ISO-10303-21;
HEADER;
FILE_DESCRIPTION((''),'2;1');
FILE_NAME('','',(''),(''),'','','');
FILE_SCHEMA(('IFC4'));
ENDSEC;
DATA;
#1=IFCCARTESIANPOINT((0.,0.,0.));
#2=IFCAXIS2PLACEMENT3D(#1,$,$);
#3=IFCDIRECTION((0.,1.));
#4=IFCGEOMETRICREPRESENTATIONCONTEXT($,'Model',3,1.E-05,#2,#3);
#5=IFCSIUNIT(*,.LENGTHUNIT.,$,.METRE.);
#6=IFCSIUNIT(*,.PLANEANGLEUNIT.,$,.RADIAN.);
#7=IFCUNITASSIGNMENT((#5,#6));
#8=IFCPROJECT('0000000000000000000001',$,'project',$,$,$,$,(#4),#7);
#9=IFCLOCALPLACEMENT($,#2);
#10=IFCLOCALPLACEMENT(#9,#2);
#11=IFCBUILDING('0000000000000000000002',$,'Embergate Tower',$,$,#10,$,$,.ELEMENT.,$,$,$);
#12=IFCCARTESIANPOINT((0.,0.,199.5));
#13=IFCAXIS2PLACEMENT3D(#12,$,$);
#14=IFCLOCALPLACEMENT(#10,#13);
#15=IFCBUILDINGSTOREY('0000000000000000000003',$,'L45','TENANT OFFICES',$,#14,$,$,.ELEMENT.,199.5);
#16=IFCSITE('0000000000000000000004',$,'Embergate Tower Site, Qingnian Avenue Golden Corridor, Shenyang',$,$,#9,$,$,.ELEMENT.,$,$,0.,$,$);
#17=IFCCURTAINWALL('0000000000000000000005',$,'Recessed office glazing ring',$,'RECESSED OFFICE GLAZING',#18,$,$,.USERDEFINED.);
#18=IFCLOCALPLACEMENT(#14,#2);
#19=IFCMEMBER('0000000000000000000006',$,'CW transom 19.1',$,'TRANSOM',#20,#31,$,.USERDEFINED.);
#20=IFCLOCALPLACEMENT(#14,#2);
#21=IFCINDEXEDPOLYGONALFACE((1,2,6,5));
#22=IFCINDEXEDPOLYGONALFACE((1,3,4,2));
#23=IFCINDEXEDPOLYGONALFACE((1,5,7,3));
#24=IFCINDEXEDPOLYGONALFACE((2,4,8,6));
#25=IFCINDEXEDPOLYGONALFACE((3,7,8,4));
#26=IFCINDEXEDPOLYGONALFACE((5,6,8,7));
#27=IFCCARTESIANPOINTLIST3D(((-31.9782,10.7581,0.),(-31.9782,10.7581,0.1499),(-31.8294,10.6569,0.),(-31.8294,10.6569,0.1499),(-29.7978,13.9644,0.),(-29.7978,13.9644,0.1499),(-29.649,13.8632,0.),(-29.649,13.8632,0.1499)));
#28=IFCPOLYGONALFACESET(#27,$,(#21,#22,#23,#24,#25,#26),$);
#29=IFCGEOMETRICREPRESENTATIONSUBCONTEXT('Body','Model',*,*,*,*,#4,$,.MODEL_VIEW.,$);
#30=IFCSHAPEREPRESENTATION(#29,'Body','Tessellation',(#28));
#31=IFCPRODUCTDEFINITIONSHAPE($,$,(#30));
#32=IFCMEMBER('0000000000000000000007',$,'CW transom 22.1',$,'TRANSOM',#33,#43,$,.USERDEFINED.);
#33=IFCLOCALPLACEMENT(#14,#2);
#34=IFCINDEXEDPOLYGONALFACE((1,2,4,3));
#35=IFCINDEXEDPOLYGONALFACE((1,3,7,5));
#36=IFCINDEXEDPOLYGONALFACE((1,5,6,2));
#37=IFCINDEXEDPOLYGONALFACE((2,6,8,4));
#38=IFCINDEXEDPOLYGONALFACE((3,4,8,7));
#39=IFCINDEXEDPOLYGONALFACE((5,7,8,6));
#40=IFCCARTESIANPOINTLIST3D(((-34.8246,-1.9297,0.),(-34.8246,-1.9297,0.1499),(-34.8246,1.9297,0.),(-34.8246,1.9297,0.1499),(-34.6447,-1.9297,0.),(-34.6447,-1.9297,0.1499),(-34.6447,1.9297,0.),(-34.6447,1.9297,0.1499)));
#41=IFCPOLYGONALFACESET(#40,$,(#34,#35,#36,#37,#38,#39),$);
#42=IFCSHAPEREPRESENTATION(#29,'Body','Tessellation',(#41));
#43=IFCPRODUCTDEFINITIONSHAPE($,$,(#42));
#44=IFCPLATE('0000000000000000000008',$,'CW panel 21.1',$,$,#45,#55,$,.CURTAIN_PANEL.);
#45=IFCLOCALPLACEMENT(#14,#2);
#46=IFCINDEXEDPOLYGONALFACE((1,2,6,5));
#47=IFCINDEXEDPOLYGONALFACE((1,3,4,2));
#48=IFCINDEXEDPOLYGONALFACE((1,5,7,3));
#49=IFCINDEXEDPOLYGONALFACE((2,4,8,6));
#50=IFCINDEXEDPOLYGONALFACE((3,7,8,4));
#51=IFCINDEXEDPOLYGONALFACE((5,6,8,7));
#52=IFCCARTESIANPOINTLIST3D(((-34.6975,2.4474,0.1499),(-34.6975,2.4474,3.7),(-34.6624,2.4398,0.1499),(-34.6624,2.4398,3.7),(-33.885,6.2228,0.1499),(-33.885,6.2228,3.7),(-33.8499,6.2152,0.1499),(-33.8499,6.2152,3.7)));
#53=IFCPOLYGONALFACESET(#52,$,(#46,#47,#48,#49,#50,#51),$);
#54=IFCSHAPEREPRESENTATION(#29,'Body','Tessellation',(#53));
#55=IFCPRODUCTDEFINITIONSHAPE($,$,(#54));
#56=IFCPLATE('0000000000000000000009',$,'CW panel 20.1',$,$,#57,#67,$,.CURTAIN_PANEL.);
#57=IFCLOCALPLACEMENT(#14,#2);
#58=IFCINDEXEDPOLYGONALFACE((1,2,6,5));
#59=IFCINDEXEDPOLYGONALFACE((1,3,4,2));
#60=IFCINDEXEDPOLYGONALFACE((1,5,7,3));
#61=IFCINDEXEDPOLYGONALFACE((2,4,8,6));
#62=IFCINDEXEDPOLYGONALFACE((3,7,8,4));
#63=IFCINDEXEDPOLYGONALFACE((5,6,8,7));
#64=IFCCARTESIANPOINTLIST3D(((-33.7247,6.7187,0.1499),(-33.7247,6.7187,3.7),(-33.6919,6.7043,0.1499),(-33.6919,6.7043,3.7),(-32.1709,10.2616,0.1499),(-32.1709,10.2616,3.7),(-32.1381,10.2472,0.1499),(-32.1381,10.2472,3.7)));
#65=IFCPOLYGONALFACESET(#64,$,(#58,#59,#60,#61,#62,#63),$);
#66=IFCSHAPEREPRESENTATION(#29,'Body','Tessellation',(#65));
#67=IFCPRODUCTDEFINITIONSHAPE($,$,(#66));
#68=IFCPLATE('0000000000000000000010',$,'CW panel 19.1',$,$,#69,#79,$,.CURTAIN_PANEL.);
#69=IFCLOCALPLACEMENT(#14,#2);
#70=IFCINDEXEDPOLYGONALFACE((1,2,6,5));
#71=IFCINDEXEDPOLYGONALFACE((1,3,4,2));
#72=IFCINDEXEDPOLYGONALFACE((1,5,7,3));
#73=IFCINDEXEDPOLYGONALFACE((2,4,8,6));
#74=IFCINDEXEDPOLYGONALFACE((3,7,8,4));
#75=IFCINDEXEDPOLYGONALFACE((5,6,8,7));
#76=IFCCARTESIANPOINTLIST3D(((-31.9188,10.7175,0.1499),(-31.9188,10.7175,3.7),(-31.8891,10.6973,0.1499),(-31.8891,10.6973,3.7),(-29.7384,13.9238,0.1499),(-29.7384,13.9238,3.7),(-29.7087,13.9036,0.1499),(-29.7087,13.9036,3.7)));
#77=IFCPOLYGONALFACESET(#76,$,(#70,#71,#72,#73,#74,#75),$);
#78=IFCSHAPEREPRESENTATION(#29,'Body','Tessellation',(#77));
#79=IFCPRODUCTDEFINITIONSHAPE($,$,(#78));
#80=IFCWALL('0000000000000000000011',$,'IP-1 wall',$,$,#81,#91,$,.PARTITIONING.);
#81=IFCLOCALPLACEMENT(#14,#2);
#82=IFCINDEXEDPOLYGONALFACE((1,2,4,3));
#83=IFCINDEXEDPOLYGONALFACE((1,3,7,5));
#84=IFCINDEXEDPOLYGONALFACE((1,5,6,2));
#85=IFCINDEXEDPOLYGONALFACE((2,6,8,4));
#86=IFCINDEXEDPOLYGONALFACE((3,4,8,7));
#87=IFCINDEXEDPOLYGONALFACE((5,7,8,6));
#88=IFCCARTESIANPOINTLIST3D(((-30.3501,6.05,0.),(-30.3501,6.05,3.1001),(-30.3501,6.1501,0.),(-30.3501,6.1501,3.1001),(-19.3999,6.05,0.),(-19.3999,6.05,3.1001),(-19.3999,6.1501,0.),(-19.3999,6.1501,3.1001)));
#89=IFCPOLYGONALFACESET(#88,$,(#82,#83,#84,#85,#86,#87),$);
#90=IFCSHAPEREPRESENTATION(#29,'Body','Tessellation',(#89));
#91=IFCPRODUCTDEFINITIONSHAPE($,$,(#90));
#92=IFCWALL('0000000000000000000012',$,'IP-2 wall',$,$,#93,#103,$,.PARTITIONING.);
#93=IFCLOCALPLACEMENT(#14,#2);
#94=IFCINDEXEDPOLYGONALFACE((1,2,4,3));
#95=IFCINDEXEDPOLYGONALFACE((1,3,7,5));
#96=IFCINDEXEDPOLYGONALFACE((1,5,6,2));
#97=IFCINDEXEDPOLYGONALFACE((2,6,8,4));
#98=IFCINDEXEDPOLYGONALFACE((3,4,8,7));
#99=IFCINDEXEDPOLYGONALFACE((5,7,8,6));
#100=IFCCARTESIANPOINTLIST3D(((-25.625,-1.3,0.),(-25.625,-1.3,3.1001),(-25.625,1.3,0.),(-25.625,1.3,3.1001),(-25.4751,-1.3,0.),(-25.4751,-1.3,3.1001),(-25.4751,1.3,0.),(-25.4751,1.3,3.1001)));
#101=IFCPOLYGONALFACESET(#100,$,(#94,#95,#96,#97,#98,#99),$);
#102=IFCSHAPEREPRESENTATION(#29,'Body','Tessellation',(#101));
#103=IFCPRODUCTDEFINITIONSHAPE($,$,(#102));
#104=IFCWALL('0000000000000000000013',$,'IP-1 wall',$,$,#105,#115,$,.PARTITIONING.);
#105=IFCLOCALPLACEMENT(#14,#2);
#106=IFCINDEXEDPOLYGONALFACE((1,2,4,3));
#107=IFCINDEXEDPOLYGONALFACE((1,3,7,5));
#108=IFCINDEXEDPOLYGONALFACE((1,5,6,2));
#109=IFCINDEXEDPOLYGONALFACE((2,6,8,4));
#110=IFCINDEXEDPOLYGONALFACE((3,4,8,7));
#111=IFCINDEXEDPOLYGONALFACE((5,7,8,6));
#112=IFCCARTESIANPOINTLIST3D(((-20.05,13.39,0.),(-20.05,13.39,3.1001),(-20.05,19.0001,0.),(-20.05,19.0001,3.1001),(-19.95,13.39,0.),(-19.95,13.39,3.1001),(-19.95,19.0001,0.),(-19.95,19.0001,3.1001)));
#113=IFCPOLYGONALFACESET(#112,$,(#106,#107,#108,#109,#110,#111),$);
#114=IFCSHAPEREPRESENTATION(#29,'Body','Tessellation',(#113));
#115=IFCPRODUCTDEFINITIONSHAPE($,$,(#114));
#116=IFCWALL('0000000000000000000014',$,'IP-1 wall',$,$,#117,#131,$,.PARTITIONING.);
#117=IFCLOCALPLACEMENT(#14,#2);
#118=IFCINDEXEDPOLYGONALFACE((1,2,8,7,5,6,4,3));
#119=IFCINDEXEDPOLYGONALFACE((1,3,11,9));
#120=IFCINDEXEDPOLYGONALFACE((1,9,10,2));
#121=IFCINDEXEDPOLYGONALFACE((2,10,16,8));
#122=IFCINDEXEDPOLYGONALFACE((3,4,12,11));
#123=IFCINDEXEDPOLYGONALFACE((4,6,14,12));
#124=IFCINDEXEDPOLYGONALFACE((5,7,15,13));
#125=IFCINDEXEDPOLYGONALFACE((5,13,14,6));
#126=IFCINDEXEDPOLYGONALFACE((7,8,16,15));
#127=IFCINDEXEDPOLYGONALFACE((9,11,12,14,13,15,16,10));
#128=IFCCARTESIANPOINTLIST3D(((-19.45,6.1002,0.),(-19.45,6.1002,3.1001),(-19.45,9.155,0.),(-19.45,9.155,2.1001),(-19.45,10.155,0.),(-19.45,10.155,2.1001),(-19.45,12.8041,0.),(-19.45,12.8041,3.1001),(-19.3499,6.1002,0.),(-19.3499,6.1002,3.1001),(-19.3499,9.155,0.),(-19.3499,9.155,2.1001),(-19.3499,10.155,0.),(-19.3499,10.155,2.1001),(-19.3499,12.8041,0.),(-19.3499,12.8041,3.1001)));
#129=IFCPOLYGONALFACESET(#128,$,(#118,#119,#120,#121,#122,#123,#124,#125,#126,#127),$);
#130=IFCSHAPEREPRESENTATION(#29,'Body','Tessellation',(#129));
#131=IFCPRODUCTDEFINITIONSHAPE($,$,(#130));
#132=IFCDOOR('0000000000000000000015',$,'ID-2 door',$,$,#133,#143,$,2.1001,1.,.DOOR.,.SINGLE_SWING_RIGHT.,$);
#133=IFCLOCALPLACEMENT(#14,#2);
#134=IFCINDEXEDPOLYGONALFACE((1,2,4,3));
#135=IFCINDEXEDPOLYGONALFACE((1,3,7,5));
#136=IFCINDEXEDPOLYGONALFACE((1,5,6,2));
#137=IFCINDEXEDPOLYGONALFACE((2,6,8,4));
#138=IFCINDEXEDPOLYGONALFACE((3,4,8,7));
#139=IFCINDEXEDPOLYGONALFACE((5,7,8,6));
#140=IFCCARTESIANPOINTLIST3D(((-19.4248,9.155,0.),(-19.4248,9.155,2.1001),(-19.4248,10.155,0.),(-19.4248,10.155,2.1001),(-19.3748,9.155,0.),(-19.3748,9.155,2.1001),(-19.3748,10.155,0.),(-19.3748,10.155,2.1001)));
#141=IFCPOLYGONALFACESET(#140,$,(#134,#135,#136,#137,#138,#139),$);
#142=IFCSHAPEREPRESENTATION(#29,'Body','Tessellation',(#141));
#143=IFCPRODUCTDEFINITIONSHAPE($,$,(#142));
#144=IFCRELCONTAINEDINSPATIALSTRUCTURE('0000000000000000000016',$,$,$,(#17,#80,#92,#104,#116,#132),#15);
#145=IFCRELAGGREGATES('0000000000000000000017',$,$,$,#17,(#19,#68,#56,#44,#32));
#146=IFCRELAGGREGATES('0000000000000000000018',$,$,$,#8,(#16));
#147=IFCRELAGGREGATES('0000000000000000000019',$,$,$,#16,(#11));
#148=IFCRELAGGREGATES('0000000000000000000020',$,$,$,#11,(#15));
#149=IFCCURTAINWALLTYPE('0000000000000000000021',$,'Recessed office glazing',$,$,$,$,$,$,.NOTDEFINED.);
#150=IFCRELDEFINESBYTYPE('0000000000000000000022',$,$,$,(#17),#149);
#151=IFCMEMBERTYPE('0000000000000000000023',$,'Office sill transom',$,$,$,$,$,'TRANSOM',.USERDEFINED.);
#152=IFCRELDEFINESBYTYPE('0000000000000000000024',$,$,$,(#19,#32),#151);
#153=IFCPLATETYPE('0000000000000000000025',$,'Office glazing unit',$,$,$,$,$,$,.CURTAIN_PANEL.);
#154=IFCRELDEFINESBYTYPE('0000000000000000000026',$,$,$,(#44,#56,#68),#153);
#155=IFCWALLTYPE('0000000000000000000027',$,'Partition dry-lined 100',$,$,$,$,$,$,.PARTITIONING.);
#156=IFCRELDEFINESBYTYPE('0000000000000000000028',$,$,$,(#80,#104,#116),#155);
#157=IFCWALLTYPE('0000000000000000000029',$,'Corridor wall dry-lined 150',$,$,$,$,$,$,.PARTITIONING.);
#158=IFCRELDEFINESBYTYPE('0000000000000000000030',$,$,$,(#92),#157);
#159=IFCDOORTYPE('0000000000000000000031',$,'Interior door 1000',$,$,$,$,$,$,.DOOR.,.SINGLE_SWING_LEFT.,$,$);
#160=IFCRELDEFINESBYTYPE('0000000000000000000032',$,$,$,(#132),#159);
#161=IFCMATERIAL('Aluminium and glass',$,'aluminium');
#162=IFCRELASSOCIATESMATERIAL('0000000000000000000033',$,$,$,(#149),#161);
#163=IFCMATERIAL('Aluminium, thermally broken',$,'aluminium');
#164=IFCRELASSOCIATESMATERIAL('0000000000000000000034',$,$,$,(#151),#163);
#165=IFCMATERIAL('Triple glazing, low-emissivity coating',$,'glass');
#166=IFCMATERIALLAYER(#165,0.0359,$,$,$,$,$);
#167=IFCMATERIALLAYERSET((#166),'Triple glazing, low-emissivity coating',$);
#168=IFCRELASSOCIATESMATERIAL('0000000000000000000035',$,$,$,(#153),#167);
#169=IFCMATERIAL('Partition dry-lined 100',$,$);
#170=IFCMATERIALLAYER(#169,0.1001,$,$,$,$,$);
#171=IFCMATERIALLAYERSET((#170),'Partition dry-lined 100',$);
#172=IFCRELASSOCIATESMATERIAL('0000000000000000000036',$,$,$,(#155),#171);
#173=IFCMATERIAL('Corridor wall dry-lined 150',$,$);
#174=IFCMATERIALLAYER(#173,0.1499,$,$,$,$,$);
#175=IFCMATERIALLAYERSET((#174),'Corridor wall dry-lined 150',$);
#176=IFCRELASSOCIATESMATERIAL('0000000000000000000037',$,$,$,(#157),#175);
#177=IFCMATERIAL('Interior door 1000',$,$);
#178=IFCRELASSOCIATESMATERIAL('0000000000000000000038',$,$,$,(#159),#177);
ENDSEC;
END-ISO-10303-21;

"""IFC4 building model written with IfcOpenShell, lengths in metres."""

from ifc_helpers import new_model, si_unit, direction, frame, frame_2d, origin, origin_2d, place, context, subcontext, project, spatial, rectangle, extrude, source, transform, mapped, material, layer, layer_set, material_profile, profile_set, type_object, element, fill, aggregate, save


model = new_model("IFC4")

# Units and contexts
model_context = context("Model", 3, precision=1e-05, world=origin(), true_north=direction((0.0, 1.0)))
body_context = subcontext(model_context, "Body", "Model", "MODEL_VIEW")
ifc_project = project(units=[si_unit("LENGTHUNIT", "METRE"), si_unit("PLANEANGLEUNIT", "RADIAN")], contexts=[model_context])

# Site, building, storey
site_placement = place(None, origin())
site = spatial("IfcSite", under=ifc_project, at=site_placement, Name="Embergate Tower Site, Qingnian Avenue Golden Corridor, Shenyang", CompositionType="ELEMENT", RefElevation=0.0)
building_placement = place(site_placement, origin())
building = spatial("IfcBuilding", under=site, at=building_placement, Name="Embergate Tower", CompositionType="ELEMENT")
storey_placement = place(building_placement, frame((0.0, 0.0, 199.5)))
storey = spatial("IfcBuildingStorey", under=building, at=storey_placement, Name="L45", Description="TENANT OFFICES", CompositionType="ELEMENT", Elevation=199.5)

# Curtain wall, members, plates
ifc_material_1 = material(Name="Aluminium and glass", Category="aluminium")
curtain_wall_type = type_object("IfcCurtainWallType", Name="Recessed office glazing", PredefinedType="NOTDEFINED", material=ifc_material_1)
curtain_wall_placement = place(storey_placement, origin())
curtain_wall = element("IfcCurtainWall", 1, at=curtain_wall_placement, inside=storey, type_object=curtain_wall_type, Name="Recessed office glazing ring", ObjectType="RECESSED OFFICE GLAZING", PredefinedType="USERDEFINED")
ifc_material_2 = material(Name="Aluminium, thermally broken", Category="aluminium")
ifc_material_profile_1 = material_profile(ifc_material_2, rectangle(XDim=0.1799, YDim=0.1499, at=origin_2d()), Name="AL 150x180")
ifc_profile_set_1 = profile_set([ifc_material_profile_1], Name="Aluminium, thermally broken")
member_type_1 = type_object("IfcMemberType", Name="Office sill transom", ElementType="TRANSOM", PredefinedType="USERDEFINED", material=ifc_profile_set_1)
shared_shape_1 = source(origin(), body_context, "Body", "SweptSolid", [
    extrude(rectangle(XDim=0.1799, YDim=0.1499, at=origin_2d()), origin(), (0.0, 0.0, 1.0), 3.8774),
])
member_1_placement = place(storey_placement, frame((-29.7234, 13.9138, 0.075), z_axis=(-0.562334, -0.82691, 0.0), x_axis=(0.82691, -0.562334, 0.0)))
member_1 = element("IfcMember", 2, at=member_1_placement, type_object=member_type_1, Name="CW transom 19.1", ObjectType="TRANSOM", PredefinedType="USERDEFINED", context=body_context, shape_type="MappedRepresentation", body=[
    mapped(shared_shape_1, transform((0.0, 0.0, 0.0))),
])
shared_shape_2 = source(origin(), body_context, "Body", "SweptSolid", [
    extrude(rectangle(XDim=0.1799, YDim=0.1499, at=origin_2d()), origin(), (0.0, 0.0, 1.0), 3.8594),
])
member_2_placement = place(storey_placement, frame((-34.7346, 1.9297, 0.075), z_axis=(0.0, -1.0, 0.0), x_axis=(1.0, 0.0, 0.0)))
member_2 = element("IfcMember", 3, at=member_2_placement, type_object=member_type_1, Name="CW transom 22.1", ObjectType="TRANSOM", PredefinedType="USERDEFINED", context=body_context, shape_type="MappedRepresentation", body=[
    mapped(shared_shape_2, transform((0.0, 0.0, 0.0))),
])
ifc_material_3 = material(Name="Triple glazing, low-emissivity coating", Category="glass")
ifc_layer_1 = layer(ifc_material_3, 0.0359)
ifc_layer_set_1 = layer_set([ifc_layer_1], Name="Triple glazing, low-emissivity coating")
plate_type = type_object("IfcPlateType", Name="Office glazing unit", PredefinedType="CURTAIN_PANEL", material=ifc_layer_set_1)
shared_shape_3 = source(origin(), body_context, "Body", "SweptSolid", [
    extrude(rectangle(XDim=3.8618, YDim=0.0359, at=origin_2d()), origin(), (0.0, 0.0, 1.0), 3.55),
])
plate_1_placement = place(storey_placement, frame((-34.2737, 4.3313, 0.1499), z_axis=(0.0, 0.0, 1.0), x_axis=(-0.210393, -0.977617, 0.0)))
plate_1 = element("IfcPlate", 4, at=plate_1_placement, type_object=plate_type, Name="CW panel 21.1", PredefinedType="CURTAIN_PANEL", context=body_context, shape_type="MappedRepresentation", body=[
    mapped(shared_shape_3, transform((0.0, 0.0, 0.0))),
])
shared_shape_4 = source(origin(), body_context, "Body", "SweptSolid", [
    extrude(rectangle(XDim=3.8687, YDim=0.0359, at=origin_2d()), origin(), (0.0, 0.0, 1.0), 3.55),
])
plate_2_placement = place(storey_placement, frame((-32.9314, 8.4829, 0.1499), z_axis=(0.0, 0.0, 1.0), x_axis=(-0.401644, -0.915796, 0.0)))
plate_2 = element("IfcPlate", 5, at=plate_2_placement, type_object=plate_type, Name="CW panel 20.1", PredefinedType="CURTAIN_PANEL", context=body_context, shape_type="MappedRepresentation", body=[
    mapped(shared_shape_4, transform((0.0, 0.0, 0.0))),
])
shared_shape_5 = source(origin(), body_context, "Body", "SweptSolid", [
    extrude(rectangle(XDim=3.8774, YDim=0.0359, at=origin_2d()), origin(), (0.0, 0.0, 1.0), 3.55),
])
plate_3_placement = place(storey_placement, frame((-30.8137, 12.3105, 0.1499), z_axis=(0.0, 0.0, 1.0), x_axis=(-0.562332, -0.826912, 0.0)))
plate_3 = element("IfcPlate", 6, at=plate_3_placement, type_object=plate_type, Name="CW panel 19.1", PredefinedType="CURTAIN_PANEL", context=body_context, shape_type="MappedRepresentation", body=[
    mapped(shared_shape_5, transform((0.0, 0.0, 0.0))),
])
aggregate(curtain_wall, [member_1, plate_3, plate_2, plate_1, member_2])

# Walls
ifc_material_4 = material(Name="Partition dry-lined 100")
ifc_layer_2 = layer(ifc_material_4, 0.1001)
ifc_layer_set_2 = layer_set([ifc_layer_2], Name="Partition dry-lined 100")
wall_type_1 = type_object("IfcWallType", Name="Partition dry-lined 100", PredefinedType="PARTITIONING", material=ifc_layer_set_2)
shared_shape_6 = source(origin(), body_context, "Body", "SweptSolid", [
    extrude(rectangle(XDim=10.9502, YDim=0.1001, at=frame_2d((5.4751, 0.0))), origin(), (0.0, 0.0, 1.0), 3.1001),
])
wall_1_placement = place(storey_placement, frame((-30.3501, 6.1001, 0.0), z_axis=(0.0, 0.0, 1.0), x_axis=(1.0, 0.0, 0.0)))
element("IfcWall", 7, at=wall_1_placement, inside=storey, type_object=wall_type_1, Name="IP-1 wall", PredefinedType="PARTITIONING", context=body_context, shape_type="MappedRepresentation", body=[
    mapped(shared_shape_6, transform((0.0, 0.0, 0.0))),
])
ifc_material_5 = material(Name="Corridor wall dry-lined 150")
ifc_layer_3 = layer(ifc_material_5, 0.1499)
ifc_layer_set_3 = layer_set([ifc_layer_3], Name="Corridor wall dry-lined 150")
wall_type_2 = type_object("IfcWallType", Name="Corridor wall dry-lined 150", PredefinedType="PARTITIONING", material=ifc_layer_set_3)
shared_shape_7 = source(origin(), body_context, "Body", "SweptSolid", [
    extrude(rectangle(XDim=2.6001, YDim=0.1499, at=frame_2d((1.3, 0.0))), origin(), (0.0, 0.0, 1.0), 3.1001),
])
wall_2_placement = place(storey_placement, frame((-25.55, 1.3, 0.0), z_axis=(0.0, 0.0, 1.0), x_axis=(0.0, -1.0, 0.0)))
element("IfcWall", 8, at=wall_2_placement, inside=storey, type_object=wall_type_2, Name="IP-2 wall", PredefinedType="PARTITIONING", context=body_context, shape_type="MappedRepresentation", body=[
    mapped(shared_shape_7, transform((0.0, 0.0, 0.0))),
])
shared_shape_8 = source(origin(), body_context, "Body", "SweptSolid", [
    extrude(rectangle(XDim=5.6101, YDim=0.1001, at=frame_2d((2.8052, 0.0))), origin(), (0.0, 0.0, 1.0), 3.1001),
])
wall_3_placement = place(storey_placement, frame((-20.0, 13.3899, 0.0), z_axis=(0.0, 0.0, 1.0), x_axis=(0.0, 1.0, 0.0)))
element("IfcWall", 9, at=wall_3_placement, inside=storey, type_object=wall_type_1, Name="IP-1 wall", PredefinedType="PARTITIONING", context=body_context, shape_type="MappedRepresentation", body=[
    mapped(shared_shape_8, transform((0.0, 0.0, 0.0))),
])

# Wall, opening, door
shared_shape_9 = source(origin(), body_context, "Body", "SweptSolid", [
    extrude(rectangle(XDim=6.7039, YDim=0.1001, at=frame_2d((3.3521, 0.0))), origin(), (0.0, 0.0, 1.0), 3.1001),
])
wall_4_placement = place(storey_placement, frame((-19.3999, 6.1001, 0.0), z_axis=(0.0, 0.0, 1.0), x_axis=(0.0, 1.0, 0.0)))
wall_4 = element("IfcWall", 10, at=wall_4_placement, inside=storey, type_object=wall_type_1, Name="IP-1 wall", PredefinedType="PARTITIONING", context=body_context, shape_type="MappedRepresentation", body=[
    mapped(shared_shape_9, transform((0.0, 0.0, 0.0))),
])
shared_shape_10 = source(origin(), body_context, "Body", "SweptSolid", [
    extrude(rectangle(XDim=1.0, YDim=2.1001, at=frame_2d((0.5, 1.05))), frame((0.0, 0.0601, 0.0), z_axis=(0.0, -1.0, 0.0), x_axis=(1.0, 0.0, 0.0)), (0.0, 0.0, 1.0), 0.1201),
])
opening_placement = place(wall_4_placement, frame((3.0549, 0.0, 0.0)))
opening = element("IfcOpeningElement", 11, at=opening_placement, cuts=wall_4, PredefinedType="OPENING", context=body_context, shape_type="MappedRepresentation", body=[
    mapped(shared_shape_10, transform((0.0, 0.0, 0.0))),
])
ifc_material_6 = material(Name="Interior door 1000")
door_type = type_object("IfcDoorType", Name="Interior door 1000", OperationType="SINGLE_SWING_LEFT", PredefinedType="DOOR", material=ifc_material_6)
shared_shape_11 = source(origin(), body_context, "Body", "SweptSolid", [
    extrude(rectangle(XDim=1.0, YDim=2.1001, at=frame_2d((0.5, 1.05))), frame((0.0, 0.0249, 0.0), z_axis=(0.0, -1.0, 0.0), x_axis=(1.0, 0.0, 0.0)), (0.0, 0.0, 1.0), 0.05),
])
door_placement = place(opening_placement, origin())
door = element("IfcDoor", 12, at=door_placement, inside=storey, type_object=door_type, Name="ID-2 door", OperationType="SINGLE_SWING_RIGHT", OverallHeight=2.1001, OverallWidth=1.0, PredefinedType="DOOR", context=body_context, shape_type="MappedRepresentation", body=[
    mapped(shared_shape_11, transform((0.0, 0.0, 0.0))),
])
fill(opening, door)

save(model, "model.ifc")
